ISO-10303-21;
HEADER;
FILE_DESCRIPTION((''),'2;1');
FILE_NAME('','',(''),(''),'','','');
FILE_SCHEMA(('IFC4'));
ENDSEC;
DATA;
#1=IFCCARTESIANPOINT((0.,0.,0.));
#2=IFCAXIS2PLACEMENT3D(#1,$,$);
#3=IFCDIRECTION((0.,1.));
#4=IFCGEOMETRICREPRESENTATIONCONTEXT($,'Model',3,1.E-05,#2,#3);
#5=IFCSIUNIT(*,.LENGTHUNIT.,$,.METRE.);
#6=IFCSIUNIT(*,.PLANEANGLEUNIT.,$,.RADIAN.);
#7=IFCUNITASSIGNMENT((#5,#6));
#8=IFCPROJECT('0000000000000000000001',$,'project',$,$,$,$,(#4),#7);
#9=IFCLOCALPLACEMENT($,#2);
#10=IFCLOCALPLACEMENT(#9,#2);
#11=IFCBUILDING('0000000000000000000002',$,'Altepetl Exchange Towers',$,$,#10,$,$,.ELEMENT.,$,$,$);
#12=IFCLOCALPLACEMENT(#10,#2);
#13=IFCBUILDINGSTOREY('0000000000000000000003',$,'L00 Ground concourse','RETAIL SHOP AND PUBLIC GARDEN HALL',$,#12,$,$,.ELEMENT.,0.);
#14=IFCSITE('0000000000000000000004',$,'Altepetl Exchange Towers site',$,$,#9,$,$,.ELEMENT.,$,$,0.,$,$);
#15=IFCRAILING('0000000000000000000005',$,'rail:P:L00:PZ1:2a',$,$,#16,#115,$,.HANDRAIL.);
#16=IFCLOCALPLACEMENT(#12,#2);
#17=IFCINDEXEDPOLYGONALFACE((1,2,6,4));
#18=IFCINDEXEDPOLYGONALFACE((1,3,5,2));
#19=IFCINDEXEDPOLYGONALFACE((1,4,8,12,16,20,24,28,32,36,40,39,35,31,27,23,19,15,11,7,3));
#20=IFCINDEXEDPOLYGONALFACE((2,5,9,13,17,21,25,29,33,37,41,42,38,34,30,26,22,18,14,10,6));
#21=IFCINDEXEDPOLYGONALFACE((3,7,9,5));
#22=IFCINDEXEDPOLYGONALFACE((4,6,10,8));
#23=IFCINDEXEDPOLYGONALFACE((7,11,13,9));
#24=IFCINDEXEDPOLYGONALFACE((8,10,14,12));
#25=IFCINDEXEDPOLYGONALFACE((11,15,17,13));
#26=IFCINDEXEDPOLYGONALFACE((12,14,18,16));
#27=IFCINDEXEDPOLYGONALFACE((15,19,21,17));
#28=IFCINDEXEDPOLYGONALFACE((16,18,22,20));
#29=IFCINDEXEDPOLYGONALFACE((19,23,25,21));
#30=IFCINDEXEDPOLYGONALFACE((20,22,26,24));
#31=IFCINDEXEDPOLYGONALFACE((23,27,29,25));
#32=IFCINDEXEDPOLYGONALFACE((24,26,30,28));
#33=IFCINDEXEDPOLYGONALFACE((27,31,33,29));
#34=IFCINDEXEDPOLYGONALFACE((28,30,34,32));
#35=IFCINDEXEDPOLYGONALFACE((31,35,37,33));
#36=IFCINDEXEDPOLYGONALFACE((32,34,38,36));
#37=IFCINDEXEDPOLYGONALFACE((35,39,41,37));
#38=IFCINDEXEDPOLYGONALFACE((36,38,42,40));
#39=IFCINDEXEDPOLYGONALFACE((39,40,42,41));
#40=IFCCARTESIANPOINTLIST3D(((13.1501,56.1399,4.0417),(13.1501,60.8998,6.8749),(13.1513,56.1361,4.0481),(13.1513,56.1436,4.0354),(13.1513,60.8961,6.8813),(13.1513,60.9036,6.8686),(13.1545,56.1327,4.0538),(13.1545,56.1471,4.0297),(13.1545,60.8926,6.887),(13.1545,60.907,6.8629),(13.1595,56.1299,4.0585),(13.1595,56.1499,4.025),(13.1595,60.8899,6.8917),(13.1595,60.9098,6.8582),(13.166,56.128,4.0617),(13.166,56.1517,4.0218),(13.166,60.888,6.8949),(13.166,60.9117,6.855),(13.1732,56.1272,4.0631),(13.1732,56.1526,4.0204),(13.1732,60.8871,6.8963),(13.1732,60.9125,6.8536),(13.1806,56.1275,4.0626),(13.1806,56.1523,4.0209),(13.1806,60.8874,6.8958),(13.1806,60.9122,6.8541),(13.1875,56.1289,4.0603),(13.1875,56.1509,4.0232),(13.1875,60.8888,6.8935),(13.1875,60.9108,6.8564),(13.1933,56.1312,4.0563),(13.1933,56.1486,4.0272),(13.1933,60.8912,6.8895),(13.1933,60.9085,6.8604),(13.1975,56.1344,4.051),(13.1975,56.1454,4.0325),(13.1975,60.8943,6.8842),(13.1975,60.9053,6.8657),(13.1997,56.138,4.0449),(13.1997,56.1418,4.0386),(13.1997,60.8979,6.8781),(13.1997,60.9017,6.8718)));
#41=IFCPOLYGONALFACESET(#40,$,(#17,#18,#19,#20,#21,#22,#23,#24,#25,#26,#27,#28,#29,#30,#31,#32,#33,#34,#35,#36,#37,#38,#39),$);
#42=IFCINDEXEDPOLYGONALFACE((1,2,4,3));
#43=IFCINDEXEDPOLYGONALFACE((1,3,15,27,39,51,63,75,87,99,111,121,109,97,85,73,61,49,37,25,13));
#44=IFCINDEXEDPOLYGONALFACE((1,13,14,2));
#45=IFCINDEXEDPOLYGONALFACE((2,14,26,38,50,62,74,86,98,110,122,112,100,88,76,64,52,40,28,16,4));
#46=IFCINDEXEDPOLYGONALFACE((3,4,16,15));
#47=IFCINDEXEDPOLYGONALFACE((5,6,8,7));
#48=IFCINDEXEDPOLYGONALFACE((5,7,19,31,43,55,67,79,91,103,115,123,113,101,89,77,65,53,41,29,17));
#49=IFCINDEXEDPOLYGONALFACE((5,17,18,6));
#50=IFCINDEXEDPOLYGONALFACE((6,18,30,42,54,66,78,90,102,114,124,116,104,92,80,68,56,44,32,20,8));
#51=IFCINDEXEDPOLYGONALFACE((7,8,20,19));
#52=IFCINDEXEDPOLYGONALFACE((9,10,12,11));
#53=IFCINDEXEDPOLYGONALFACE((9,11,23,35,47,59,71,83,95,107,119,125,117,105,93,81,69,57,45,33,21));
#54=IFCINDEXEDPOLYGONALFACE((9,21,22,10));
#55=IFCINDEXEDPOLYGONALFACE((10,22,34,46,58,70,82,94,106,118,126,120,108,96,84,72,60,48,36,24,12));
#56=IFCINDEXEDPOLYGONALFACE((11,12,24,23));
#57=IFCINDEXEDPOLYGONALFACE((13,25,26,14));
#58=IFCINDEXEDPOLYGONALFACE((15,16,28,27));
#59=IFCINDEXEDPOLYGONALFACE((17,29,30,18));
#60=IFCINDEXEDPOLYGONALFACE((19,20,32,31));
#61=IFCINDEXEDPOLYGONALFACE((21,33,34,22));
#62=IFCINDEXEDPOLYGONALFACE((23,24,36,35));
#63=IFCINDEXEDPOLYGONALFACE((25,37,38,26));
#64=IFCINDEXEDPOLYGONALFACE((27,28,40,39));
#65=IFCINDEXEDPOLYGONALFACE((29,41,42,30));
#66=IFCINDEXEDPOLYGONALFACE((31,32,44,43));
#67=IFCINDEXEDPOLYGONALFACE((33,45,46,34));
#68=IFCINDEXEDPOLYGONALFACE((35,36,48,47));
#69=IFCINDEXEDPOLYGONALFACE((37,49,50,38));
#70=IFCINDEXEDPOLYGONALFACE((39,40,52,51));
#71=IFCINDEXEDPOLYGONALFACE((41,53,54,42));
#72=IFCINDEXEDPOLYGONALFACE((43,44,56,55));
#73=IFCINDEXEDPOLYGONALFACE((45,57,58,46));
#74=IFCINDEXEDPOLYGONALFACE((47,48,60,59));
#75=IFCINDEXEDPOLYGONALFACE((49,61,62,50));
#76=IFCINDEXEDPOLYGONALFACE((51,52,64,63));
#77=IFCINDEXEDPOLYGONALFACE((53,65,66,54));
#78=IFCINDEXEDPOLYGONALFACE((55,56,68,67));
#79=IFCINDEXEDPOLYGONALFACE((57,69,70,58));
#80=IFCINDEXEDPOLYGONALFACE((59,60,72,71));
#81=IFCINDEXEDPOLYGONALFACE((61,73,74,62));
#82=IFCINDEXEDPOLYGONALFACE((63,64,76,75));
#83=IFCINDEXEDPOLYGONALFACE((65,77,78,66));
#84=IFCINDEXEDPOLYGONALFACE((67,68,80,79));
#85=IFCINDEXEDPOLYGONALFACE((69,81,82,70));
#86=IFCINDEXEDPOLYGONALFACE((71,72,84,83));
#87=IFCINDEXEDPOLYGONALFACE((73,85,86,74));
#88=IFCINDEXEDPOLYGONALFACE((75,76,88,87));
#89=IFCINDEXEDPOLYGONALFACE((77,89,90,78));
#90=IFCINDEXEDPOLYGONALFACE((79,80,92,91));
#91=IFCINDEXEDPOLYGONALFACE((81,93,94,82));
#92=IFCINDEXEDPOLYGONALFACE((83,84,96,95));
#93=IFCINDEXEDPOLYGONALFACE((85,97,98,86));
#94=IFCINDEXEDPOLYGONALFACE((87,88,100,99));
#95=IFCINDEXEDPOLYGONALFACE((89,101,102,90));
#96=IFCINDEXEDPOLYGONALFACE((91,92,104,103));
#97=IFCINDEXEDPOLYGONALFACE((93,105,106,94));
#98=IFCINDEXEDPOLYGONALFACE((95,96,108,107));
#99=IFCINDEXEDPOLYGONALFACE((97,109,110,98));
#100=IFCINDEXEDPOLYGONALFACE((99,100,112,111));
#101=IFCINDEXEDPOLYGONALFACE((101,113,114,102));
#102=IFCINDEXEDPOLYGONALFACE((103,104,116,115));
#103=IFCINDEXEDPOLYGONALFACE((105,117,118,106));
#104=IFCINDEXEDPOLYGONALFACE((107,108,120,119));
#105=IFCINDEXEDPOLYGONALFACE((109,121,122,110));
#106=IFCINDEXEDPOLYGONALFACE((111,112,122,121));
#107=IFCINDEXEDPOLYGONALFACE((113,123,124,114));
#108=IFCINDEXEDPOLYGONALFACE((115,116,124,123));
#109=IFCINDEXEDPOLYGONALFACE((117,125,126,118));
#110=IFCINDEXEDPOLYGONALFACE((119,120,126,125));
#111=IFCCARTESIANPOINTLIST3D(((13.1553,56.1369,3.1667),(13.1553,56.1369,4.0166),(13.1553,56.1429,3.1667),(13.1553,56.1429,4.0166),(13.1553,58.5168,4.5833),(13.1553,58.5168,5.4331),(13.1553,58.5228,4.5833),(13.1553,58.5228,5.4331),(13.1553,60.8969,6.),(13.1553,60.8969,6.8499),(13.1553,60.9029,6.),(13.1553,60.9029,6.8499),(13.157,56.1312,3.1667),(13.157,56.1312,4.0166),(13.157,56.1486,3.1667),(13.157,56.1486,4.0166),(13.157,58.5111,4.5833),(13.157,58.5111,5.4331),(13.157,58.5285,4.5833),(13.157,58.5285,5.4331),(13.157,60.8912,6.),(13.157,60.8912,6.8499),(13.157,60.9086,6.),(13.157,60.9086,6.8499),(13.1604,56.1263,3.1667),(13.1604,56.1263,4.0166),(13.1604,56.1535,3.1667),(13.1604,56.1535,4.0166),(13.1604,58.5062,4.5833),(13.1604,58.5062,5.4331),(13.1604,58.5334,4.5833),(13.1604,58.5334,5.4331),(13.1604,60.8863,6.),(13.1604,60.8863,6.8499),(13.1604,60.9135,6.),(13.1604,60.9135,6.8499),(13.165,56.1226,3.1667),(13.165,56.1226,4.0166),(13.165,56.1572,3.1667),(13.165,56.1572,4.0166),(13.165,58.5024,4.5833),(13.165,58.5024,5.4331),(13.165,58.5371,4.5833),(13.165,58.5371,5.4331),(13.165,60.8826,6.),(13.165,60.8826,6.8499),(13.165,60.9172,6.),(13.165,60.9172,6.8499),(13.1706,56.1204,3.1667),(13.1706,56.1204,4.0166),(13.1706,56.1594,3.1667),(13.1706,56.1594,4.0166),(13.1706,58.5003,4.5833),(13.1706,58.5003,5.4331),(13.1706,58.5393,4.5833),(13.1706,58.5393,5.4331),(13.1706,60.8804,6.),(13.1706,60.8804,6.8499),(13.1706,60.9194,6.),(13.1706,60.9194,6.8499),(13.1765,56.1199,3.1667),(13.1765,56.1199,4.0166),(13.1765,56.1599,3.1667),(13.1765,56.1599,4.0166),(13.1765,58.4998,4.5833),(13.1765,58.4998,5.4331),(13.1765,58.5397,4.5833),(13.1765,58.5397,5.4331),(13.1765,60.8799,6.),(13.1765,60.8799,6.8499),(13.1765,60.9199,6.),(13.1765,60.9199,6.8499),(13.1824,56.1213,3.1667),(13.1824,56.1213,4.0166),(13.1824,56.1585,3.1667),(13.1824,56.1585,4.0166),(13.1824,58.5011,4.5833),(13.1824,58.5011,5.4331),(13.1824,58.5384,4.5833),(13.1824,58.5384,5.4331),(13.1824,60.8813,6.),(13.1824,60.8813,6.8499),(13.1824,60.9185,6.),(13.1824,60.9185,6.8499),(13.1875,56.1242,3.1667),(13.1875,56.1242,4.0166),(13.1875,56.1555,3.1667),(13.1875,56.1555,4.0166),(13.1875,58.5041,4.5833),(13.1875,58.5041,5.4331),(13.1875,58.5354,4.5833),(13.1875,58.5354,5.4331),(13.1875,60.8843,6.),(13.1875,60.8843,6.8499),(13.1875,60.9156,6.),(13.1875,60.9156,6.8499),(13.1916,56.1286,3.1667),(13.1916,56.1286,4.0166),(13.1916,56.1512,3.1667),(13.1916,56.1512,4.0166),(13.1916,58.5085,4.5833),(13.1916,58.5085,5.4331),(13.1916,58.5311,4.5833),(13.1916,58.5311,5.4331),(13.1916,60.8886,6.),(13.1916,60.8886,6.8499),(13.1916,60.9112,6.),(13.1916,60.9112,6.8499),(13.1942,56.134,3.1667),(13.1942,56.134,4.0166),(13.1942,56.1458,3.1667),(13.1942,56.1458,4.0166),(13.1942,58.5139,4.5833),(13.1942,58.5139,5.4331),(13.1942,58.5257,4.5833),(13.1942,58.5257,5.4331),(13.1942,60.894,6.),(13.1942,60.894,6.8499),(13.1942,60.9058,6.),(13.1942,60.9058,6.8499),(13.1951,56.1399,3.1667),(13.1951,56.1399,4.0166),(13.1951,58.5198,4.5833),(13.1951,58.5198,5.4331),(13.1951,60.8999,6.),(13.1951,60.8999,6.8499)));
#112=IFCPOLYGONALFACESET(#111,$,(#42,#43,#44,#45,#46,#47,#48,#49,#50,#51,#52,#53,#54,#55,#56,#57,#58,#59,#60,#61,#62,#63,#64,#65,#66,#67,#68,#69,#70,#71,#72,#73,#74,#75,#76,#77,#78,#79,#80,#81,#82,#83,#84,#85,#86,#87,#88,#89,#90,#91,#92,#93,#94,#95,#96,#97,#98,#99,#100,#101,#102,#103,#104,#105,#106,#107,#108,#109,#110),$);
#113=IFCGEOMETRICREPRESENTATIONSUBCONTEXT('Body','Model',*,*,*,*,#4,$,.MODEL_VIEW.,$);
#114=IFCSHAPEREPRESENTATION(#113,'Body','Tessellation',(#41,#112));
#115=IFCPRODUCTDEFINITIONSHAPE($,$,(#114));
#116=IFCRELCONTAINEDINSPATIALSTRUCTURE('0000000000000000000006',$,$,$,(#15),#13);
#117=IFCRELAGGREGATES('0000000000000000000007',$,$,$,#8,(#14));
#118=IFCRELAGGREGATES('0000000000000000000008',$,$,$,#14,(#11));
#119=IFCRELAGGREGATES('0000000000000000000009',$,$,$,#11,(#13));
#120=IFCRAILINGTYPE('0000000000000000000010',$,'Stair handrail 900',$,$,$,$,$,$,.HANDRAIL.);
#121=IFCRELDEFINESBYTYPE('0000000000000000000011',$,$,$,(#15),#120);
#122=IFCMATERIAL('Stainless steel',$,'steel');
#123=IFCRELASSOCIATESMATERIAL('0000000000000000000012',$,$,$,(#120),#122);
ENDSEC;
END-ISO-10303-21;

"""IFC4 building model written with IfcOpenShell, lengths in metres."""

from ifc_helpers import new_model, si_unit, direction, frame, origin, origin_2d, place, context, subcontext, project, spatial, circle, extrude, source, transform, mapped, material, type_object, element, save


model = new_model("IFC4")

# Units and contexts
model_context = context("Model", 3, precision=1e-05, world=origin(), true_north=direction((0.0, 1.0)))
body_context = subcontext(model_context, "Body", "Model", "MODEL_VIEW")
ifc_project = project(units=[si_unit("LENGTHUNIT", "METRE"), si_unit("PLANEANGLEUNIT", "RADIAN")], contexts=[model_context])

# Site, building, storey
site_placement = place(None, origin())
site = spatial("IfcSite", under=ifc_project, at=site_placement, Name="Altepetl Exchange Towers site", CompositionType="ELEMENT", RefElevation=0.0)
building_placement = place(site_placement, origin())
building = spatial("IfcBuilding", under=site, at=building_placement, Name="Altepetl Exchange Towers", CompositionType="ELEMENT")
storey_placement = place(building_placement, origin())
storey = spatial("IfcBuildingStorey", under=building, at=storey_placement, Name="L00 Ground concourse", Description="RETAIL SHOP AND PUBLIC GARDEN HALL", CompositionType="ELEMENT", Elevation=0.0)

# Railing
ifc_material_1 = material(Name="Stainless steel", Category="steel")
railing_type_1 = type_object("IfcRailingType", Name="Stair handrail 900", PredefinedType="HANDRAIL", material=ifc_material_1)
shared_shape_1 = source(origin(), body_context, "Body", "SweptSolid", [
    extrude(circle(Radius=0.02, at=origin_2d()), origin(), (0.0, 0.0, 1.0), 0.8499),
])
railing_1_placement = place(storey_placement, frame((13.175, 56.1399, 3.1667)))
element("IfcRailing", 1, at=railing_1_placement, inside=storey, type_object=railing_type_1, Name="rail:P:L00:PZ1:2a", PredefinedType="HANDRAIL", context=body_context, shape_type="SweptSolid", body=[
    extrude(circle(Radius=0.0249, at=origin_2d()), frame((0.0, 0.0, 0.875), z_axis=(0.0, 0.8593, 0.511472), x_axis=(-1.0, 0.0, 0.0)), (0.0, 0.0, 1.0), 5.5393),
    mapped(shared_shape_1, transform((0.0, 0.0, 0.0))),
    mapped(shared_shape_1, transform((0.0, 2.3799, 1.4165))),
    mapped(shared_shape_1, transform((0.0, 4.76, 2.8333))),
])

save(model, "model.ifc")
